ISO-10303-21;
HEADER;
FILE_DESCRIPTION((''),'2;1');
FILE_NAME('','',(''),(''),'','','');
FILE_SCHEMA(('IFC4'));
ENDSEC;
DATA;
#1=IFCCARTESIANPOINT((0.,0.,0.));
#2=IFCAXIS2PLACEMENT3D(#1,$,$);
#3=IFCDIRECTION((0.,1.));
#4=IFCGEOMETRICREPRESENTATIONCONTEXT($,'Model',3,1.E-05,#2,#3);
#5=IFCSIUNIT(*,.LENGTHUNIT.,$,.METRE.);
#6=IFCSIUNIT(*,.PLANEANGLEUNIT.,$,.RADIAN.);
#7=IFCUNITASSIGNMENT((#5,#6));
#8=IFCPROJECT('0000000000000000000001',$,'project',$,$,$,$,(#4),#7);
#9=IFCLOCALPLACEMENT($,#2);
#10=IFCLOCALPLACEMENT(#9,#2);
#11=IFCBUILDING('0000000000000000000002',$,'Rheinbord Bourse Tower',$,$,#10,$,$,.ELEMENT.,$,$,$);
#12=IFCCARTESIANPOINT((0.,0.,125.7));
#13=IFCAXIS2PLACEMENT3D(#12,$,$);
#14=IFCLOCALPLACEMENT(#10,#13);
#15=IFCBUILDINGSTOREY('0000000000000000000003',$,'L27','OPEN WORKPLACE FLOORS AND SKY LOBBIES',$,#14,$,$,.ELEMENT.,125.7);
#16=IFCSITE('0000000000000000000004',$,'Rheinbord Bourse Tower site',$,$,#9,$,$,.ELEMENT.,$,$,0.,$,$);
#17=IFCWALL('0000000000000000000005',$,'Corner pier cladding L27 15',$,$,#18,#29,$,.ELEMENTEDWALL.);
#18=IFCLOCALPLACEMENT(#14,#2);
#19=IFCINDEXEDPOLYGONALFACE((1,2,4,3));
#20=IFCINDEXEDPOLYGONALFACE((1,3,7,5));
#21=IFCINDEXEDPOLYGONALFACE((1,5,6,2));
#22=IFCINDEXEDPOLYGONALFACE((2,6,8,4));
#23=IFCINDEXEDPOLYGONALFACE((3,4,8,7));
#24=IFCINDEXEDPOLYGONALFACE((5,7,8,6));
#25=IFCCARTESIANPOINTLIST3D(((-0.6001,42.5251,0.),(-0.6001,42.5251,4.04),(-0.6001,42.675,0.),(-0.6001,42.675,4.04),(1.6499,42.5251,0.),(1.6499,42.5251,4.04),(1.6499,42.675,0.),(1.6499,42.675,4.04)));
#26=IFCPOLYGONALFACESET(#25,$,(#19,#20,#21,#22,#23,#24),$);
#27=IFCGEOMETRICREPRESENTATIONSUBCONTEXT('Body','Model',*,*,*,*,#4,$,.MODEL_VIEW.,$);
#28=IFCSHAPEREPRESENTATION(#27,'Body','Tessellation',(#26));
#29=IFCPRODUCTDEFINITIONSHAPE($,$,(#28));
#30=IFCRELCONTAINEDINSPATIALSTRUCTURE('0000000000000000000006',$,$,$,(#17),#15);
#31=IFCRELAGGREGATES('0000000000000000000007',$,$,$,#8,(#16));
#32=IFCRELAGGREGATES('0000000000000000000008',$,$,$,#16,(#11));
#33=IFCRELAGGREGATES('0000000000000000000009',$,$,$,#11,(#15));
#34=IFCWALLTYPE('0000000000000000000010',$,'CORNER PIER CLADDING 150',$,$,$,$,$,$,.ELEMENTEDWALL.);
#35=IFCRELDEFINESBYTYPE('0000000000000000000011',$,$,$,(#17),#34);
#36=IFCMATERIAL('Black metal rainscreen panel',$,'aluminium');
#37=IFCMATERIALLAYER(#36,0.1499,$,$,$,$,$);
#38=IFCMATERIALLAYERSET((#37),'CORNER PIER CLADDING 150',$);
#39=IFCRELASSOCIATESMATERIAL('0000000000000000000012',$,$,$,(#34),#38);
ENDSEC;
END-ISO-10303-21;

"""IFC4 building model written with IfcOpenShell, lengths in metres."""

from ifc_helpers import new_model, si_unit, direction, frame, frame_2d, origin, place, context, subcontext, project, spatial, rectangle, extrude, material, layer, layer_set, type_object, element, save


model = new_model("IFC4")

# Units and contexts
model_context = context("Model", 3, precision=1e-05, world=origin(), true_north=direction((0.0, 1.0)))
body_context = subcontext(model_context, "Body", "Model", "MODEL_VIEW")
ifc_project = project(units=[si_unit("LENGTHUNIT", "METRE"), si_unit("PLANEANGLEUNIT", "RADIAN")], contexts=[model_context])

# Site, building, storey
site_placement = place(None, origin())
site = spatial("IfcSite", under=ifc_project, at=site_placement, Name="Rheinbord Bourse Tower site", CompositionType="ELEMENT", RefElevation=0.0)
building_placement = place(site_placement, origin())
building = spatial("IfcBuilding", under=site, at=building_placement, Name="Rheinbord Bourse Tower", CompositionType="ELEMENT")
storey_placement = place(building_placement, frame((0.0, 0.0, 125.7)))
storey = spatial("IfcBuildingStorey", under=building, at=storey_placement, Name="L27", Description="OPEN WORKPLACE FLOORS AND SKY LOBBIES", CompositionType="ELEMENT", Elevation=125.7)

# Wall
ifc_material_1 = material(Name="Black metal rainscreen panel", Category="aluminium")
ifc_layer_1 = layer(ifc_material_1, 0.1499)
ifc_layer_set_1 = layer_set([ifc_layer_1], Name="CORNER PIER CLADDING 150")
wall_type = type_object("IfcWallType", Name="CORNER PIER CLADDING 150", PredefinedType="ELEMENTEDWALL", material=ifc_layer_set_1)
wall_1_placement = place(storey_placement, frame((1.6499, 42.6001, 0.0), z_axis=(0.0, 0.0, 1.0), x_axis=(-1.0, 0.0, 0.0)))
element("IfcWall", 1, at=wall_1_placement, inside=storey, type_object=wall_type, Name="Corner pier cladding L27 15", PredefinedType="ELEMENTEDWALL", context=body_context, shape_type="SweptSolid", body=[
    extrude(rectangle(XDim=2.25, YDim=0.1499, at=frame_2d((1.125, 0.0))), origin(), (0.0, 0.0, 1.0), 4.04),
])

save(model, "model.ifc")
